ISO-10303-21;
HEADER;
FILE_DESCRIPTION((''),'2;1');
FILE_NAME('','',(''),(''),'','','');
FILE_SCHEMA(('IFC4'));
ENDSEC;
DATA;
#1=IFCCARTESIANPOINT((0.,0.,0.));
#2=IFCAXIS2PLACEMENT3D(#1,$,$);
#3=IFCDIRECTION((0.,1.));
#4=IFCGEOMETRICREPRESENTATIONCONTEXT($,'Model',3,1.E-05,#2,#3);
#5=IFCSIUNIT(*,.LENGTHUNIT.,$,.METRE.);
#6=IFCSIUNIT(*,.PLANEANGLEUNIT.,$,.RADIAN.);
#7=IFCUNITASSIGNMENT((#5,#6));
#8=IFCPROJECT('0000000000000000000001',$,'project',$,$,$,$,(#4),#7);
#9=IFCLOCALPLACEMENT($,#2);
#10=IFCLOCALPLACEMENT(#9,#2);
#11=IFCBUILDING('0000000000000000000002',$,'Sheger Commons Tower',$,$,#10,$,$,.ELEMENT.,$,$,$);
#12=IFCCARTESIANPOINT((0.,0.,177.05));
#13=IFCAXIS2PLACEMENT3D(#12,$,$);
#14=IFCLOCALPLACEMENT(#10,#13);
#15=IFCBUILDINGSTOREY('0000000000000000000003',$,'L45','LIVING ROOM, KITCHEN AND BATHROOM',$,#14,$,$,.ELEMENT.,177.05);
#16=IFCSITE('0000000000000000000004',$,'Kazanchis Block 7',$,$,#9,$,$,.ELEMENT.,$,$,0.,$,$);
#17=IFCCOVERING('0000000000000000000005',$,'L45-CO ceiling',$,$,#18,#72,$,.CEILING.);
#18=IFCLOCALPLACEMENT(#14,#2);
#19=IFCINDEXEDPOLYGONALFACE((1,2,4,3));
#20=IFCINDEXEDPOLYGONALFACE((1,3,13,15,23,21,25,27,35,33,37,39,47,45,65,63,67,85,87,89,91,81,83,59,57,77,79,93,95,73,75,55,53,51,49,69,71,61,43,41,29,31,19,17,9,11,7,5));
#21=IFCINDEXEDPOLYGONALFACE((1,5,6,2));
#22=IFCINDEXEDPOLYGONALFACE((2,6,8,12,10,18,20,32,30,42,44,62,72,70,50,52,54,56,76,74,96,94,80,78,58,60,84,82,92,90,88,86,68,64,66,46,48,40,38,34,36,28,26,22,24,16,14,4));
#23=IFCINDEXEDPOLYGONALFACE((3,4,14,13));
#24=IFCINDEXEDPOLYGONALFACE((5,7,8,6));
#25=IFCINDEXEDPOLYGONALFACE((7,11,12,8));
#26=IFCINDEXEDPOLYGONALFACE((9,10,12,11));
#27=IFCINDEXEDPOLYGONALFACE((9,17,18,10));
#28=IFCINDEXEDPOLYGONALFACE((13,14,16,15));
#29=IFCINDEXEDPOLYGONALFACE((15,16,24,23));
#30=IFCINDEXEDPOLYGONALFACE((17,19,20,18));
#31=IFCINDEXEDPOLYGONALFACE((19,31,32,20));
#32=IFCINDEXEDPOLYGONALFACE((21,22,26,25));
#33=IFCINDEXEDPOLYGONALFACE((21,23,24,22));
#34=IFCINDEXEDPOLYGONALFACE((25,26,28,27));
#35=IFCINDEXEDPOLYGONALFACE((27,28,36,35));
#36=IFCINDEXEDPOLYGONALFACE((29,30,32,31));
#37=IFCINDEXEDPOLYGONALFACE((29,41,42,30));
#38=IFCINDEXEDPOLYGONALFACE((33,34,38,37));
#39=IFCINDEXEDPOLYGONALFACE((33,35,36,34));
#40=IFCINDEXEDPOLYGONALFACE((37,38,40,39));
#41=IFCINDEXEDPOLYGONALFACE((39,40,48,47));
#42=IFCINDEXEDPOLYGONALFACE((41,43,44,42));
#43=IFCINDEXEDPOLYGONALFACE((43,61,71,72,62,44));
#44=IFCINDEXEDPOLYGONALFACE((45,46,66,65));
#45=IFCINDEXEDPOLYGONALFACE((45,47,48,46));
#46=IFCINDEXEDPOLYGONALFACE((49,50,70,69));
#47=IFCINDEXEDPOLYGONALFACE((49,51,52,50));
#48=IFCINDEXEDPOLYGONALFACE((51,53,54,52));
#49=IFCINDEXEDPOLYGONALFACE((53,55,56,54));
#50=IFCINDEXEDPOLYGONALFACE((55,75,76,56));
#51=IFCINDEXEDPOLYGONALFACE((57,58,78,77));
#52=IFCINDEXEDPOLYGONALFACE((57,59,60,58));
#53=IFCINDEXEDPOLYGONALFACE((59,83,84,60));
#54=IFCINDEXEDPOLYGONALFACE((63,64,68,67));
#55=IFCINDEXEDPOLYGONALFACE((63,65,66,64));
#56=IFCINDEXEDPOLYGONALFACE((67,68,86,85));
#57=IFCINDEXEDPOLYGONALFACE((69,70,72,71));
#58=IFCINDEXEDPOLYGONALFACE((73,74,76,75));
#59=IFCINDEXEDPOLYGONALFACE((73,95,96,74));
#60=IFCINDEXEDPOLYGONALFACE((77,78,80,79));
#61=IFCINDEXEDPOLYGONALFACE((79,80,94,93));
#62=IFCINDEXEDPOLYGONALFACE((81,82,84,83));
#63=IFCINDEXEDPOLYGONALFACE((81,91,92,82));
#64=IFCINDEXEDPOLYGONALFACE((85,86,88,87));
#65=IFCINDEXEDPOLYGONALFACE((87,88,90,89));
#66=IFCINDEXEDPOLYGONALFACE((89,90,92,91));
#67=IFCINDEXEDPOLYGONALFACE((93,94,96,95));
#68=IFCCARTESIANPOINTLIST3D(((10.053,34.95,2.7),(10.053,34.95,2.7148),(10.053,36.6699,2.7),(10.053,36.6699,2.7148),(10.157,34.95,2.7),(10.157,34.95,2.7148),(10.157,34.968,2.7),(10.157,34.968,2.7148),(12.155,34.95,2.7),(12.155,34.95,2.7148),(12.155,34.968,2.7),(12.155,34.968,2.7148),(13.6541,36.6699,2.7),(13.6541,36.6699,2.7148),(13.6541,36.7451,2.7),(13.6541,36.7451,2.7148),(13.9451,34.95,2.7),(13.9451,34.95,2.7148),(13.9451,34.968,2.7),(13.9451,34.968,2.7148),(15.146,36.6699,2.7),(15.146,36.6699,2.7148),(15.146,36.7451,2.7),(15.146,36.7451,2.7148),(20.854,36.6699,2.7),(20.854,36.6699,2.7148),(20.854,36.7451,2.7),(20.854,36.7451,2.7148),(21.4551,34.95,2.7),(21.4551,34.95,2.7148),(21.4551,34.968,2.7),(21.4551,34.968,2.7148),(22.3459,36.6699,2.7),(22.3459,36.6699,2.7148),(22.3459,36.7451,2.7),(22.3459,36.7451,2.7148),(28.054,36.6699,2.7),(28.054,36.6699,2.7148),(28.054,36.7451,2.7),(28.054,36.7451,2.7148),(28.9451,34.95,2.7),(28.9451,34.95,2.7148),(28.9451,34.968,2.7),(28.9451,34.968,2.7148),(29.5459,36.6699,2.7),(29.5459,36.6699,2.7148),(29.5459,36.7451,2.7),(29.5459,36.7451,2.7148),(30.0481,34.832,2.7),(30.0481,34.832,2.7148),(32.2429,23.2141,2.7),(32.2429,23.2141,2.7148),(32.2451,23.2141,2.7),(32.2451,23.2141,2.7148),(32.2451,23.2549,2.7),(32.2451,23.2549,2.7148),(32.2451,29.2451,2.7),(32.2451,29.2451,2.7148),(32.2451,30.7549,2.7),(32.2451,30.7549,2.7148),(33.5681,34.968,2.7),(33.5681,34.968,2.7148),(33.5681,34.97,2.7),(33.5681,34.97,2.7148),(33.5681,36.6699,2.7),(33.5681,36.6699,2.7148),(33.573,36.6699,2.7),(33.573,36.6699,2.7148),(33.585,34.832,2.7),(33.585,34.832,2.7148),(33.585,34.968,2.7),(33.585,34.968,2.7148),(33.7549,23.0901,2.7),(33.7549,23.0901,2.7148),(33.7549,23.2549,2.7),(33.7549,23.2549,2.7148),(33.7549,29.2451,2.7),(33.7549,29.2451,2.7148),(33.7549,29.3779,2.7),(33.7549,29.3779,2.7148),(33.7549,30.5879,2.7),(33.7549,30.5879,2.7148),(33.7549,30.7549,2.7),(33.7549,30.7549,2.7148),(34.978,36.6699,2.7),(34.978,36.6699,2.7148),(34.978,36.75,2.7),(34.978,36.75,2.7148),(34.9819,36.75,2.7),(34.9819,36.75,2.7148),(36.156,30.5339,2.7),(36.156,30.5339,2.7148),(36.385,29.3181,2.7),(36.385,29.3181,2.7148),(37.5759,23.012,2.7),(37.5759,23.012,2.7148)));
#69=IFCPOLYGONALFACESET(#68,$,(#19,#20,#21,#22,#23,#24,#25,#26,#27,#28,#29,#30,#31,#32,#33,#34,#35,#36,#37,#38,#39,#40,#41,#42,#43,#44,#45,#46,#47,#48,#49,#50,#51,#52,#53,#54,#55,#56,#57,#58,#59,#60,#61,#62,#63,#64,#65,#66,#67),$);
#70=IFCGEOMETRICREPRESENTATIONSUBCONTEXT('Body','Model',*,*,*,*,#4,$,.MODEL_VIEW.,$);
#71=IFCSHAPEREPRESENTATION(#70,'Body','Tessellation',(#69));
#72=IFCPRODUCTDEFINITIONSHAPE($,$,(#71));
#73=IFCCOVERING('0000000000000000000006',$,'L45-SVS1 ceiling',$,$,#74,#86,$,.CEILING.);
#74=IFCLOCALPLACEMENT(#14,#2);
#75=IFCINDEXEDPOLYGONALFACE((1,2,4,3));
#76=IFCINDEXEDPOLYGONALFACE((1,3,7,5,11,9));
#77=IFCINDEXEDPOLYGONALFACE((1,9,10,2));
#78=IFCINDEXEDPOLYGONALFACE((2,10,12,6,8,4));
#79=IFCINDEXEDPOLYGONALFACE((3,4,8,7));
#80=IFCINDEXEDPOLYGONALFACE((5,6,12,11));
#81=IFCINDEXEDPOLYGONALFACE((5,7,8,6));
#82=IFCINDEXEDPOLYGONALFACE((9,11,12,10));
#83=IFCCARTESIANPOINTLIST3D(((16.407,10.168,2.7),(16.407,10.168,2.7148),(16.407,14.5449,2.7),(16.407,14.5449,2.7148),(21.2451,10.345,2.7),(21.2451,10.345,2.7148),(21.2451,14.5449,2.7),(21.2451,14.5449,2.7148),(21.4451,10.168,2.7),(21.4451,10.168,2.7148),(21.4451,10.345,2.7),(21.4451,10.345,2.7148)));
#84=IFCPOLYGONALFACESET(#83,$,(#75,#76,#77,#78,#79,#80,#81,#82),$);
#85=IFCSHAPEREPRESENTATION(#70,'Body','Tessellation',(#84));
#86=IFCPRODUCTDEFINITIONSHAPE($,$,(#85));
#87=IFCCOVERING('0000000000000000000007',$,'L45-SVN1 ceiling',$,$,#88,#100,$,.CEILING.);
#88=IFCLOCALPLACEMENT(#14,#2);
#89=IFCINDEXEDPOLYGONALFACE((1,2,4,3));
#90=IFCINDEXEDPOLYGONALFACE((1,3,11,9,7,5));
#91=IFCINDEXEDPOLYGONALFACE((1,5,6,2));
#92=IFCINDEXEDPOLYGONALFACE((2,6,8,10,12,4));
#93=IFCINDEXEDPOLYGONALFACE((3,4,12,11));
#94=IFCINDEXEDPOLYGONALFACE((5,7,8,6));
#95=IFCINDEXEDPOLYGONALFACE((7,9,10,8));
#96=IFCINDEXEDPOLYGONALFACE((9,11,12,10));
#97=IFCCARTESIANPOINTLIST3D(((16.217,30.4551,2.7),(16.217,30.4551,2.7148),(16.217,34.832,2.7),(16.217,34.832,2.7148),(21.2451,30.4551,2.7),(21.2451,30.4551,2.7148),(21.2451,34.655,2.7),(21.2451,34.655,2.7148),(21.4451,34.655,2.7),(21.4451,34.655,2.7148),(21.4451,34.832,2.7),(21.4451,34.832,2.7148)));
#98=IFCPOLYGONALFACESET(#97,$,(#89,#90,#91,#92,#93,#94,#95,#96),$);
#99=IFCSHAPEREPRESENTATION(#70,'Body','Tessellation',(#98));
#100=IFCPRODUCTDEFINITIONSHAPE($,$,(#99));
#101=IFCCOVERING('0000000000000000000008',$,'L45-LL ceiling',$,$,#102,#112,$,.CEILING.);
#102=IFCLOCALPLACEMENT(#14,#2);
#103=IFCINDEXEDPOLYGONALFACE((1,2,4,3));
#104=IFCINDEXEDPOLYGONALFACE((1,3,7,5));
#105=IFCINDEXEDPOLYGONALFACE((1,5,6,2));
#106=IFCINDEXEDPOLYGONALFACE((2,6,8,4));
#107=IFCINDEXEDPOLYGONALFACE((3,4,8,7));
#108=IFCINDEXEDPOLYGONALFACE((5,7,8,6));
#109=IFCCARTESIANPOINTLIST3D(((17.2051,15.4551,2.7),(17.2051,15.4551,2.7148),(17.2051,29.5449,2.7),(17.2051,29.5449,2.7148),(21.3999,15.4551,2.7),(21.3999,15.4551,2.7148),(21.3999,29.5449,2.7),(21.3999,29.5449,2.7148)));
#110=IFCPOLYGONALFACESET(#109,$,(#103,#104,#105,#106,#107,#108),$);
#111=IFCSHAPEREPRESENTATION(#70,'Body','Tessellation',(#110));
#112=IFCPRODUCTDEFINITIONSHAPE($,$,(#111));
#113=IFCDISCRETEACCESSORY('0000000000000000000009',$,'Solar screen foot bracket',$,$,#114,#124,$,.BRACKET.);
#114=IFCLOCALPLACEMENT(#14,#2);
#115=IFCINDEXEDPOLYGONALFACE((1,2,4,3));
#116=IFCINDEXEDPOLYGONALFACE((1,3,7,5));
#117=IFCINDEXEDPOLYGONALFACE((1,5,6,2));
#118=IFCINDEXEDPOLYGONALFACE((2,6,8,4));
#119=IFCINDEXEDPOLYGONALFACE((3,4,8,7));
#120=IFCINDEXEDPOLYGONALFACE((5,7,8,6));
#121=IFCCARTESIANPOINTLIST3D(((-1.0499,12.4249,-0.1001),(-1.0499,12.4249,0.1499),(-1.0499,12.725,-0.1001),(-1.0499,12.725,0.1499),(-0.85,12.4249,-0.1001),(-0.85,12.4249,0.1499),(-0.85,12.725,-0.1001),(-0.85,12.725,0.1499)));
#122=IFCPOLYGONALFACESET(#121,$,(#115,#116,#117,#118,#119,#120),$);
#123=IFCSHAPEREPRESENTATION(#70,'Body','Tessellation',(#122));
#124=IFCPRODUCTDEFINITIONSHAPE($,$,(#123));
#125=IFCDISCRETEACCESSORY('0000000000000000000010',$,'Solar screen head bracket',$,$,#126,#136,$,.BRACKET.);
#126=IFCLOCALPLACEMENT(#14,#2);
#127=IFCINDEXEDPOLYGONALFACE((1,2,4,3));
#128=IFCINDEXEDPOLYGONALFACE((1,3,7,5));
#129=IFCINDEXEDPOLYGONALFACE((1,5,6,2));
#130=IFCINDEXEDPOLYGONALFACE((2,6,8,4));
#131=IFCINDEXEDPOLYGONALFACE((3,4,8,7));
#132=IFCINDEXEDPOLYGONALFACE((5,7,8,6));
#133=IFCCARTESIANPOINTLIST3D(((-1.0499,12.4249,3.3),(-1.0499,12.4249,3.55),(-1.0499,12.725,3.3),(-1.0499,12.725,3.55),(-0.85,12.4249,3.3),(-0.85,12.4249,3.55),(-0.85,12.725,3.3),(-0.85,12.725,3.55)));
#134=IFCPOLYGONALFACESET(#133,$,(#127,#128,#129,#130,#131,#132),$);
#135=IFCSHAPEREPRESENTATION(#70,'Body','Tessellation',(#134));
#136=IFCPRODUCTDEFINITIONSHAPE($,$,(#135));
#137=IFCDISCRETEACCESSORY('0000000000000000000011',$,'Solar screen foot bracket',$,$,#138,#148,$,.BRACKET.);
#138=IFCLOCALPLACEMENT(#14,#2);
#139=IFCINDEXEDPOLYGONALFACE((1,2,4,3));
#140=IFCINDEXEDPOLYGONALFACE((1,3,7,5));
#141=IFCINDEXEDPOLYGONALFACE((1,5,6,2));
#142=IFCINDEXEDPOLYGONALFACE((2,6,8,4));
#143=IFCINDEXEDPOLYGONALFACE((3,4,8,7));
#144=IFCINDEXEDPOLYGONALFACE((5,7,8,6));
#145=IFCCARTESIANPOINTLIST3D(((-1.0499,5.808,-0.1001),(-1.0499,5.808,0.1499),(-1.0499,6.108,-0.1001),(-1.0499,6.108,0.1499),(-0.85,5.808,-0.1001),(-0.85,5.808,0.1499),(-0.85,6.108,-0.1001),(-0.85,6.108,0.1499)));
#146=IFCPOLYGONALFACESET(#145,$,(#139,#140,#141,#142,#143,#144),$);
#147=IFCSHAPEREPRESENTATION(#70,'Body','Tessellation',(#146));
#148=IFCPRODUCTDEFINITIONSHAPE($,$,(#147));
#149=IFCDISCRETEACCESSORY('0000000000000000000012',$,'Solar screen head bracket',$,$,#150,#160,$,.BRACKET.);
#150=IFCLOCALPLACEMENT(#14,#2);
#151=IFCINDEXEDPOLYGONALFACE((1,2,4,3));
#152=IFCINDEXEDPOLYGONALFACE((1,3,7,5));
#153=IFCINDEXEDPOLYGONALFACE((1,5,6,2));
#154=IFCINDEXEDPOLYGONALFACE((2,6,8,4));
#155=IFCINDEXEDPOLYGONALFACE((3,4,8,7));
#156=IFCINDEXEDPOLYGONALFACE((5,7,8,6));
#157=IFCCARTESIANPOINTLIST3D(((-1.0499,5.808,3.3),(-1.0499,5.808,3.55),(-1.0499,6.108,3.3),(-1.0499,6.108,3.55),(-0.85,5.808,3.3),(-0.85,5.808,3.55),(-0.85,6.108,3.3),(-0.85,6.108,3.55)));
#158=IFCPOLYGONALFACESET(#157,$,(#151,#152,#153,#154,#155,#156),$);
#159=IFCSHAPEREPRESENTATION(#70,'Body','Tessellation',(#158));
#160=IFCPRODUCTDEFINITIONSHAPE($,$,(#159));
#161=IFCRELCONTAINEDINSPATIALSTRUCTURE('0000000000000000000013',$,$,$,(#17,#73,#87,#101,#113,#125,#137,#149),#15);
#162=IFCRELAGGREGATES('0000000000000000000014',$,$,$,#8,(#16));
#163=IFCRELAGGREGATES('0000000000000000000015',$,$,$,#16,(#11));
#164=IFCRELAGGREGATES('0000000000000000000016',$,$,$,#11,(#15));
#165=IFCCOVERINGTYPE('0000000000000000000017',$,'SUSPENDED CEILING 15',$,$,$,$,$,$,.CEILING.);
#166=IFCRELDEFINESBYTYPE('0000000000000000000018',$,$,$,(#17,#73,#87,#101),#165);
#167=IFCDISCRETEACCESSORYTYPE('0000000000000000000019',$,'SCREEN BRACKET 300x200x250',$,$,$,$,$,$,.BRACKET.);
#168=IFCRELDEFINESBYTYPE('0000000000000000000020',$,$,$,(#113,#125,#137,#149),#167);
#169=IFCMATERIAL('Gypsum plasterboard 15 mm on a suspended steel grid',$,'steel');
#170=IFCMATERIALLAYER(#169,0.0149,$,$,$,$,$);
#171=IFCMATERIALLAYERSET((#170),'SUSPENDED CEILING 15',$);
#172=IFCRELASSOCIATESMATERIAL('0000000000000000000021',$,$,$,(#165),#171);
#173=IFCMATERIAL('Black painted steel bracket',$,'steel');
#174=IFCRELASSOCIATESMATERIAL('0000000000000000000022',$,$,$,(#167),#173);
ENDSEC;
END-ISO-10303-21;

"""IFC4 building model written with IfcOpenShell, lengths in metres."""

from ifc_helpers import new_model, si_unit, direction, frame, origin, origin_2d, place, context, subcontext, project, spatial, polyline, rectangle, outline, extrude, material, layer, layer_set, type_object, element, save


model = new_model("IFC4")

# Units and contexts
model_context = context("Model", 3, precision=1e-05, world=origin(), true_north=direction((0.0, 1.0)))
body_context = subcontext(model_context, "Body", "Model", "MODEL_VIEW")
ifc_project = project(units=[si_unit("LENGTHUNIT", "METRE"), si_unit("PLANEANGLEUNIT", "RADIAN")], contexts=[model_context])

# Site, building, storey
site_placement = place(None, origin())
site = spatial("IfcSite", under=ifc_project, at=site_placement, Name="Kazanchis Block 7", CompositionType="ELEMENT", RefElevation=0.0)
building_placement = place(site_placement, origin())
building = spatial("IfcBuilding", under=site, at=building_placement, Name="Sheger Commons Tower", CompositionType="ELEMENT")
storey_placement = place(building_placement, frame((0.0, 0.0, 177.05)))
storey = spatial("IfcBuildingStorey", under=building, at=storey_placement, Name="L45", Description="LIVING ROOM, KITCHEN AND BATHROOM", CompositionType="ELEMENT", Elevation=177.05)

# Coverings
ifc_material_1 = material(Name="Gypsum plasterboard 15 mm on a suspended steel grid", Category="steel")
ifc_layer_1 = layer(ifc_material_1, 0.0149)
ifc_layer_set_1 = layer_set([ifc_layer_1], Name="SUSPENDED CEILING 15")
covering_type_1 = type_object("IfcCoveringType", Name="SUSPENDED CEILING 15", PredefinedType="CEILING", material=ifc_layer_set_1)
covering_1_placement = place(storey_placement, frame((0.0, 0.0, 2.7)))
element("IfcCovering", 1, at=covering_1_placement, inside=storey, type_object=covering_type_1, Name="L45-CO ceiling", PredefinedType="CEILING", context=body_context, shape_type="SweptSolid", body=[
    extrude(outline(polyline([(37.5759, 23.012), (36.385, 29.3181), (33.7549, 29.3779), (33.7549, 29.2451), (32.2451, 29.2451), (32.2451, 30.7549), (33.7549, 30.7549), (33.7549, 30.5879), (36.156, 30.5339), (34.9819, 36.75), (34.978, 36.75), (34.978, 36.6699), (33.573, 36.6699), (33.5681, 34.97), (33.5681, 36.6699), (29.5459, 36.6699), (29.5459, 36.7451), (28.054, 36.7451), (28.054, 36.6699), (22.3459, 36.6699), (22.3459, 36.7451), (20.854, 36.7451), (20.854, 36.6699), (15.146, 36.6699), (15.146, 36.7451), (13.6541, 36.7451), (13.6541, 36.6699), (10.053, 36.6699), (10.053, 34.95), (10.157, 34.95), (10.157, 34.968), (12.155, 34.968), (12.155, 34.95), (13.9451, 34.95), (13.9451, 34.968), (21.4551, 34.968), (21.4551, 34.95), (28.9451, 34.95), (28.9451, 34.968), (33.5681, 34.968), (33.585, 34.968), (33.585, 34.832), (30.0481, 34.832), (32.2429, 23.2141), (32.2451, 23.2141), (32.2451, 23.2549), (33.7549, 23.2549), (33.7549, 23.0901), (37.5759, 23.012)])), origin(), (0.0, 0.0, 1.0), 0.0149),
])
covering_2_placement = place(storey_placement, frame((0.0, 0.0, 2.7)))
element("IfcCovering", 2, at=covering_2_placement, inside=storey, type_object=covering_type_1, Name="L45-SVS1 ceiling", PredefinedType="CEILING", context=body_context, shape_type="SweptSolid", body=[
    extrude(outline(polyline([(16.407, 10.168), (21.4451, 10.168), (21.4451, 10.345), (21.2451, 10.345), (21.2451, 14.5449), (16.407, 14.5449), (16.407, 10.168)])), origin(), (0.0, 0.0, 1.0), 0.0149),
])
covering_3_placement = place(storey_placement, frame((0.0, 0.0, 2.7)))
element("IfcCovering", 3, at=covering_3_placement, inside=storey, type_object=covering_type_1, Name="L45-SVN1 ceiling", PredefinedType="CEILING", context=body_context, shape_type="SweptSolid", body=[
    extrude(outline(polyline([(16.217, 30.4551), (21.2451, 30.4551), (21.2451, 34.655), (21.4451, 34.655), (21.4451, 34.832), (16.217, 34.832), (16.217, 30.4551)])), origin(), (0.0, 0.0, 1.0), 0.0149),
])
covering_4_placement = place(storey_placement, frame((0.0, 0.0, 2.7)))
element("IfcCovering", 4, at=covering_4_placement, inside=storey, type_object=covering_type_1, Name="L45-LL ceiling", PredefinedType="CEILING", context=body_context, shape_type="SweptSolid", body=[
    extrude(outline(polyline([(17.2051, 15.4551), (21.3999, 15.4551), (21.3999, 29.5449), (17.2051, 29.5449), (17.2051, 15.4551)])), origin(), (0.0, 0.0, 1.0), 0.0149),
])

# Discrete accessories
ifc_material_2 = material(Name="Black painted steel bracket", Category="steel")
discrete_accessory_type = type_object("IfcDiscreteAccessoryType", Name="SCREEN BRACKET 300x200x250", PredefinedType="BRACKET", material=ifc_material_2)
for number, where, z_axis, x_axis, name in (
    (5, (-0.95, 12.575, -0.1001), (0.0, 0.0, 1.0), (0.0, -1.0, 0.0), "Solar screen foot bracket"),
    (6, (-0.95, 12.575, 3.3), (0.0, 0.0, 1.0), (0.0, -1.0, 0.0), "Solar screen head bracket"),
    (7, (-0.95, 5.958, -0.1001), (0.0, 0.0, 1.0), (0.0, -1.0, 0.0), "Solar screen foot bracket"),
    (8, (-0.95, 5.958, 3.3), (0.0, 0.0, 1.0), (0.0, -1.0, 0.0), "Solar screen head bracket"),
):
    element("IfcDiscreteAccessory", number, at=place(storey_placement, frame(where, z_axis=z_axis, x_axis=x_axis)), inside=storey, type_object=discrete_accessory_type, Name=name, PredefinedType="BRACKET", context=body_context, shape_type="SweptSolid", body=[
        extrude(rectangle(XDim=0.3, YDim=0.2, at=origin_2d()), origin(), (0.0, 0.0, 1.0), 0.25),
    ])

save(model, "model.ifc")
